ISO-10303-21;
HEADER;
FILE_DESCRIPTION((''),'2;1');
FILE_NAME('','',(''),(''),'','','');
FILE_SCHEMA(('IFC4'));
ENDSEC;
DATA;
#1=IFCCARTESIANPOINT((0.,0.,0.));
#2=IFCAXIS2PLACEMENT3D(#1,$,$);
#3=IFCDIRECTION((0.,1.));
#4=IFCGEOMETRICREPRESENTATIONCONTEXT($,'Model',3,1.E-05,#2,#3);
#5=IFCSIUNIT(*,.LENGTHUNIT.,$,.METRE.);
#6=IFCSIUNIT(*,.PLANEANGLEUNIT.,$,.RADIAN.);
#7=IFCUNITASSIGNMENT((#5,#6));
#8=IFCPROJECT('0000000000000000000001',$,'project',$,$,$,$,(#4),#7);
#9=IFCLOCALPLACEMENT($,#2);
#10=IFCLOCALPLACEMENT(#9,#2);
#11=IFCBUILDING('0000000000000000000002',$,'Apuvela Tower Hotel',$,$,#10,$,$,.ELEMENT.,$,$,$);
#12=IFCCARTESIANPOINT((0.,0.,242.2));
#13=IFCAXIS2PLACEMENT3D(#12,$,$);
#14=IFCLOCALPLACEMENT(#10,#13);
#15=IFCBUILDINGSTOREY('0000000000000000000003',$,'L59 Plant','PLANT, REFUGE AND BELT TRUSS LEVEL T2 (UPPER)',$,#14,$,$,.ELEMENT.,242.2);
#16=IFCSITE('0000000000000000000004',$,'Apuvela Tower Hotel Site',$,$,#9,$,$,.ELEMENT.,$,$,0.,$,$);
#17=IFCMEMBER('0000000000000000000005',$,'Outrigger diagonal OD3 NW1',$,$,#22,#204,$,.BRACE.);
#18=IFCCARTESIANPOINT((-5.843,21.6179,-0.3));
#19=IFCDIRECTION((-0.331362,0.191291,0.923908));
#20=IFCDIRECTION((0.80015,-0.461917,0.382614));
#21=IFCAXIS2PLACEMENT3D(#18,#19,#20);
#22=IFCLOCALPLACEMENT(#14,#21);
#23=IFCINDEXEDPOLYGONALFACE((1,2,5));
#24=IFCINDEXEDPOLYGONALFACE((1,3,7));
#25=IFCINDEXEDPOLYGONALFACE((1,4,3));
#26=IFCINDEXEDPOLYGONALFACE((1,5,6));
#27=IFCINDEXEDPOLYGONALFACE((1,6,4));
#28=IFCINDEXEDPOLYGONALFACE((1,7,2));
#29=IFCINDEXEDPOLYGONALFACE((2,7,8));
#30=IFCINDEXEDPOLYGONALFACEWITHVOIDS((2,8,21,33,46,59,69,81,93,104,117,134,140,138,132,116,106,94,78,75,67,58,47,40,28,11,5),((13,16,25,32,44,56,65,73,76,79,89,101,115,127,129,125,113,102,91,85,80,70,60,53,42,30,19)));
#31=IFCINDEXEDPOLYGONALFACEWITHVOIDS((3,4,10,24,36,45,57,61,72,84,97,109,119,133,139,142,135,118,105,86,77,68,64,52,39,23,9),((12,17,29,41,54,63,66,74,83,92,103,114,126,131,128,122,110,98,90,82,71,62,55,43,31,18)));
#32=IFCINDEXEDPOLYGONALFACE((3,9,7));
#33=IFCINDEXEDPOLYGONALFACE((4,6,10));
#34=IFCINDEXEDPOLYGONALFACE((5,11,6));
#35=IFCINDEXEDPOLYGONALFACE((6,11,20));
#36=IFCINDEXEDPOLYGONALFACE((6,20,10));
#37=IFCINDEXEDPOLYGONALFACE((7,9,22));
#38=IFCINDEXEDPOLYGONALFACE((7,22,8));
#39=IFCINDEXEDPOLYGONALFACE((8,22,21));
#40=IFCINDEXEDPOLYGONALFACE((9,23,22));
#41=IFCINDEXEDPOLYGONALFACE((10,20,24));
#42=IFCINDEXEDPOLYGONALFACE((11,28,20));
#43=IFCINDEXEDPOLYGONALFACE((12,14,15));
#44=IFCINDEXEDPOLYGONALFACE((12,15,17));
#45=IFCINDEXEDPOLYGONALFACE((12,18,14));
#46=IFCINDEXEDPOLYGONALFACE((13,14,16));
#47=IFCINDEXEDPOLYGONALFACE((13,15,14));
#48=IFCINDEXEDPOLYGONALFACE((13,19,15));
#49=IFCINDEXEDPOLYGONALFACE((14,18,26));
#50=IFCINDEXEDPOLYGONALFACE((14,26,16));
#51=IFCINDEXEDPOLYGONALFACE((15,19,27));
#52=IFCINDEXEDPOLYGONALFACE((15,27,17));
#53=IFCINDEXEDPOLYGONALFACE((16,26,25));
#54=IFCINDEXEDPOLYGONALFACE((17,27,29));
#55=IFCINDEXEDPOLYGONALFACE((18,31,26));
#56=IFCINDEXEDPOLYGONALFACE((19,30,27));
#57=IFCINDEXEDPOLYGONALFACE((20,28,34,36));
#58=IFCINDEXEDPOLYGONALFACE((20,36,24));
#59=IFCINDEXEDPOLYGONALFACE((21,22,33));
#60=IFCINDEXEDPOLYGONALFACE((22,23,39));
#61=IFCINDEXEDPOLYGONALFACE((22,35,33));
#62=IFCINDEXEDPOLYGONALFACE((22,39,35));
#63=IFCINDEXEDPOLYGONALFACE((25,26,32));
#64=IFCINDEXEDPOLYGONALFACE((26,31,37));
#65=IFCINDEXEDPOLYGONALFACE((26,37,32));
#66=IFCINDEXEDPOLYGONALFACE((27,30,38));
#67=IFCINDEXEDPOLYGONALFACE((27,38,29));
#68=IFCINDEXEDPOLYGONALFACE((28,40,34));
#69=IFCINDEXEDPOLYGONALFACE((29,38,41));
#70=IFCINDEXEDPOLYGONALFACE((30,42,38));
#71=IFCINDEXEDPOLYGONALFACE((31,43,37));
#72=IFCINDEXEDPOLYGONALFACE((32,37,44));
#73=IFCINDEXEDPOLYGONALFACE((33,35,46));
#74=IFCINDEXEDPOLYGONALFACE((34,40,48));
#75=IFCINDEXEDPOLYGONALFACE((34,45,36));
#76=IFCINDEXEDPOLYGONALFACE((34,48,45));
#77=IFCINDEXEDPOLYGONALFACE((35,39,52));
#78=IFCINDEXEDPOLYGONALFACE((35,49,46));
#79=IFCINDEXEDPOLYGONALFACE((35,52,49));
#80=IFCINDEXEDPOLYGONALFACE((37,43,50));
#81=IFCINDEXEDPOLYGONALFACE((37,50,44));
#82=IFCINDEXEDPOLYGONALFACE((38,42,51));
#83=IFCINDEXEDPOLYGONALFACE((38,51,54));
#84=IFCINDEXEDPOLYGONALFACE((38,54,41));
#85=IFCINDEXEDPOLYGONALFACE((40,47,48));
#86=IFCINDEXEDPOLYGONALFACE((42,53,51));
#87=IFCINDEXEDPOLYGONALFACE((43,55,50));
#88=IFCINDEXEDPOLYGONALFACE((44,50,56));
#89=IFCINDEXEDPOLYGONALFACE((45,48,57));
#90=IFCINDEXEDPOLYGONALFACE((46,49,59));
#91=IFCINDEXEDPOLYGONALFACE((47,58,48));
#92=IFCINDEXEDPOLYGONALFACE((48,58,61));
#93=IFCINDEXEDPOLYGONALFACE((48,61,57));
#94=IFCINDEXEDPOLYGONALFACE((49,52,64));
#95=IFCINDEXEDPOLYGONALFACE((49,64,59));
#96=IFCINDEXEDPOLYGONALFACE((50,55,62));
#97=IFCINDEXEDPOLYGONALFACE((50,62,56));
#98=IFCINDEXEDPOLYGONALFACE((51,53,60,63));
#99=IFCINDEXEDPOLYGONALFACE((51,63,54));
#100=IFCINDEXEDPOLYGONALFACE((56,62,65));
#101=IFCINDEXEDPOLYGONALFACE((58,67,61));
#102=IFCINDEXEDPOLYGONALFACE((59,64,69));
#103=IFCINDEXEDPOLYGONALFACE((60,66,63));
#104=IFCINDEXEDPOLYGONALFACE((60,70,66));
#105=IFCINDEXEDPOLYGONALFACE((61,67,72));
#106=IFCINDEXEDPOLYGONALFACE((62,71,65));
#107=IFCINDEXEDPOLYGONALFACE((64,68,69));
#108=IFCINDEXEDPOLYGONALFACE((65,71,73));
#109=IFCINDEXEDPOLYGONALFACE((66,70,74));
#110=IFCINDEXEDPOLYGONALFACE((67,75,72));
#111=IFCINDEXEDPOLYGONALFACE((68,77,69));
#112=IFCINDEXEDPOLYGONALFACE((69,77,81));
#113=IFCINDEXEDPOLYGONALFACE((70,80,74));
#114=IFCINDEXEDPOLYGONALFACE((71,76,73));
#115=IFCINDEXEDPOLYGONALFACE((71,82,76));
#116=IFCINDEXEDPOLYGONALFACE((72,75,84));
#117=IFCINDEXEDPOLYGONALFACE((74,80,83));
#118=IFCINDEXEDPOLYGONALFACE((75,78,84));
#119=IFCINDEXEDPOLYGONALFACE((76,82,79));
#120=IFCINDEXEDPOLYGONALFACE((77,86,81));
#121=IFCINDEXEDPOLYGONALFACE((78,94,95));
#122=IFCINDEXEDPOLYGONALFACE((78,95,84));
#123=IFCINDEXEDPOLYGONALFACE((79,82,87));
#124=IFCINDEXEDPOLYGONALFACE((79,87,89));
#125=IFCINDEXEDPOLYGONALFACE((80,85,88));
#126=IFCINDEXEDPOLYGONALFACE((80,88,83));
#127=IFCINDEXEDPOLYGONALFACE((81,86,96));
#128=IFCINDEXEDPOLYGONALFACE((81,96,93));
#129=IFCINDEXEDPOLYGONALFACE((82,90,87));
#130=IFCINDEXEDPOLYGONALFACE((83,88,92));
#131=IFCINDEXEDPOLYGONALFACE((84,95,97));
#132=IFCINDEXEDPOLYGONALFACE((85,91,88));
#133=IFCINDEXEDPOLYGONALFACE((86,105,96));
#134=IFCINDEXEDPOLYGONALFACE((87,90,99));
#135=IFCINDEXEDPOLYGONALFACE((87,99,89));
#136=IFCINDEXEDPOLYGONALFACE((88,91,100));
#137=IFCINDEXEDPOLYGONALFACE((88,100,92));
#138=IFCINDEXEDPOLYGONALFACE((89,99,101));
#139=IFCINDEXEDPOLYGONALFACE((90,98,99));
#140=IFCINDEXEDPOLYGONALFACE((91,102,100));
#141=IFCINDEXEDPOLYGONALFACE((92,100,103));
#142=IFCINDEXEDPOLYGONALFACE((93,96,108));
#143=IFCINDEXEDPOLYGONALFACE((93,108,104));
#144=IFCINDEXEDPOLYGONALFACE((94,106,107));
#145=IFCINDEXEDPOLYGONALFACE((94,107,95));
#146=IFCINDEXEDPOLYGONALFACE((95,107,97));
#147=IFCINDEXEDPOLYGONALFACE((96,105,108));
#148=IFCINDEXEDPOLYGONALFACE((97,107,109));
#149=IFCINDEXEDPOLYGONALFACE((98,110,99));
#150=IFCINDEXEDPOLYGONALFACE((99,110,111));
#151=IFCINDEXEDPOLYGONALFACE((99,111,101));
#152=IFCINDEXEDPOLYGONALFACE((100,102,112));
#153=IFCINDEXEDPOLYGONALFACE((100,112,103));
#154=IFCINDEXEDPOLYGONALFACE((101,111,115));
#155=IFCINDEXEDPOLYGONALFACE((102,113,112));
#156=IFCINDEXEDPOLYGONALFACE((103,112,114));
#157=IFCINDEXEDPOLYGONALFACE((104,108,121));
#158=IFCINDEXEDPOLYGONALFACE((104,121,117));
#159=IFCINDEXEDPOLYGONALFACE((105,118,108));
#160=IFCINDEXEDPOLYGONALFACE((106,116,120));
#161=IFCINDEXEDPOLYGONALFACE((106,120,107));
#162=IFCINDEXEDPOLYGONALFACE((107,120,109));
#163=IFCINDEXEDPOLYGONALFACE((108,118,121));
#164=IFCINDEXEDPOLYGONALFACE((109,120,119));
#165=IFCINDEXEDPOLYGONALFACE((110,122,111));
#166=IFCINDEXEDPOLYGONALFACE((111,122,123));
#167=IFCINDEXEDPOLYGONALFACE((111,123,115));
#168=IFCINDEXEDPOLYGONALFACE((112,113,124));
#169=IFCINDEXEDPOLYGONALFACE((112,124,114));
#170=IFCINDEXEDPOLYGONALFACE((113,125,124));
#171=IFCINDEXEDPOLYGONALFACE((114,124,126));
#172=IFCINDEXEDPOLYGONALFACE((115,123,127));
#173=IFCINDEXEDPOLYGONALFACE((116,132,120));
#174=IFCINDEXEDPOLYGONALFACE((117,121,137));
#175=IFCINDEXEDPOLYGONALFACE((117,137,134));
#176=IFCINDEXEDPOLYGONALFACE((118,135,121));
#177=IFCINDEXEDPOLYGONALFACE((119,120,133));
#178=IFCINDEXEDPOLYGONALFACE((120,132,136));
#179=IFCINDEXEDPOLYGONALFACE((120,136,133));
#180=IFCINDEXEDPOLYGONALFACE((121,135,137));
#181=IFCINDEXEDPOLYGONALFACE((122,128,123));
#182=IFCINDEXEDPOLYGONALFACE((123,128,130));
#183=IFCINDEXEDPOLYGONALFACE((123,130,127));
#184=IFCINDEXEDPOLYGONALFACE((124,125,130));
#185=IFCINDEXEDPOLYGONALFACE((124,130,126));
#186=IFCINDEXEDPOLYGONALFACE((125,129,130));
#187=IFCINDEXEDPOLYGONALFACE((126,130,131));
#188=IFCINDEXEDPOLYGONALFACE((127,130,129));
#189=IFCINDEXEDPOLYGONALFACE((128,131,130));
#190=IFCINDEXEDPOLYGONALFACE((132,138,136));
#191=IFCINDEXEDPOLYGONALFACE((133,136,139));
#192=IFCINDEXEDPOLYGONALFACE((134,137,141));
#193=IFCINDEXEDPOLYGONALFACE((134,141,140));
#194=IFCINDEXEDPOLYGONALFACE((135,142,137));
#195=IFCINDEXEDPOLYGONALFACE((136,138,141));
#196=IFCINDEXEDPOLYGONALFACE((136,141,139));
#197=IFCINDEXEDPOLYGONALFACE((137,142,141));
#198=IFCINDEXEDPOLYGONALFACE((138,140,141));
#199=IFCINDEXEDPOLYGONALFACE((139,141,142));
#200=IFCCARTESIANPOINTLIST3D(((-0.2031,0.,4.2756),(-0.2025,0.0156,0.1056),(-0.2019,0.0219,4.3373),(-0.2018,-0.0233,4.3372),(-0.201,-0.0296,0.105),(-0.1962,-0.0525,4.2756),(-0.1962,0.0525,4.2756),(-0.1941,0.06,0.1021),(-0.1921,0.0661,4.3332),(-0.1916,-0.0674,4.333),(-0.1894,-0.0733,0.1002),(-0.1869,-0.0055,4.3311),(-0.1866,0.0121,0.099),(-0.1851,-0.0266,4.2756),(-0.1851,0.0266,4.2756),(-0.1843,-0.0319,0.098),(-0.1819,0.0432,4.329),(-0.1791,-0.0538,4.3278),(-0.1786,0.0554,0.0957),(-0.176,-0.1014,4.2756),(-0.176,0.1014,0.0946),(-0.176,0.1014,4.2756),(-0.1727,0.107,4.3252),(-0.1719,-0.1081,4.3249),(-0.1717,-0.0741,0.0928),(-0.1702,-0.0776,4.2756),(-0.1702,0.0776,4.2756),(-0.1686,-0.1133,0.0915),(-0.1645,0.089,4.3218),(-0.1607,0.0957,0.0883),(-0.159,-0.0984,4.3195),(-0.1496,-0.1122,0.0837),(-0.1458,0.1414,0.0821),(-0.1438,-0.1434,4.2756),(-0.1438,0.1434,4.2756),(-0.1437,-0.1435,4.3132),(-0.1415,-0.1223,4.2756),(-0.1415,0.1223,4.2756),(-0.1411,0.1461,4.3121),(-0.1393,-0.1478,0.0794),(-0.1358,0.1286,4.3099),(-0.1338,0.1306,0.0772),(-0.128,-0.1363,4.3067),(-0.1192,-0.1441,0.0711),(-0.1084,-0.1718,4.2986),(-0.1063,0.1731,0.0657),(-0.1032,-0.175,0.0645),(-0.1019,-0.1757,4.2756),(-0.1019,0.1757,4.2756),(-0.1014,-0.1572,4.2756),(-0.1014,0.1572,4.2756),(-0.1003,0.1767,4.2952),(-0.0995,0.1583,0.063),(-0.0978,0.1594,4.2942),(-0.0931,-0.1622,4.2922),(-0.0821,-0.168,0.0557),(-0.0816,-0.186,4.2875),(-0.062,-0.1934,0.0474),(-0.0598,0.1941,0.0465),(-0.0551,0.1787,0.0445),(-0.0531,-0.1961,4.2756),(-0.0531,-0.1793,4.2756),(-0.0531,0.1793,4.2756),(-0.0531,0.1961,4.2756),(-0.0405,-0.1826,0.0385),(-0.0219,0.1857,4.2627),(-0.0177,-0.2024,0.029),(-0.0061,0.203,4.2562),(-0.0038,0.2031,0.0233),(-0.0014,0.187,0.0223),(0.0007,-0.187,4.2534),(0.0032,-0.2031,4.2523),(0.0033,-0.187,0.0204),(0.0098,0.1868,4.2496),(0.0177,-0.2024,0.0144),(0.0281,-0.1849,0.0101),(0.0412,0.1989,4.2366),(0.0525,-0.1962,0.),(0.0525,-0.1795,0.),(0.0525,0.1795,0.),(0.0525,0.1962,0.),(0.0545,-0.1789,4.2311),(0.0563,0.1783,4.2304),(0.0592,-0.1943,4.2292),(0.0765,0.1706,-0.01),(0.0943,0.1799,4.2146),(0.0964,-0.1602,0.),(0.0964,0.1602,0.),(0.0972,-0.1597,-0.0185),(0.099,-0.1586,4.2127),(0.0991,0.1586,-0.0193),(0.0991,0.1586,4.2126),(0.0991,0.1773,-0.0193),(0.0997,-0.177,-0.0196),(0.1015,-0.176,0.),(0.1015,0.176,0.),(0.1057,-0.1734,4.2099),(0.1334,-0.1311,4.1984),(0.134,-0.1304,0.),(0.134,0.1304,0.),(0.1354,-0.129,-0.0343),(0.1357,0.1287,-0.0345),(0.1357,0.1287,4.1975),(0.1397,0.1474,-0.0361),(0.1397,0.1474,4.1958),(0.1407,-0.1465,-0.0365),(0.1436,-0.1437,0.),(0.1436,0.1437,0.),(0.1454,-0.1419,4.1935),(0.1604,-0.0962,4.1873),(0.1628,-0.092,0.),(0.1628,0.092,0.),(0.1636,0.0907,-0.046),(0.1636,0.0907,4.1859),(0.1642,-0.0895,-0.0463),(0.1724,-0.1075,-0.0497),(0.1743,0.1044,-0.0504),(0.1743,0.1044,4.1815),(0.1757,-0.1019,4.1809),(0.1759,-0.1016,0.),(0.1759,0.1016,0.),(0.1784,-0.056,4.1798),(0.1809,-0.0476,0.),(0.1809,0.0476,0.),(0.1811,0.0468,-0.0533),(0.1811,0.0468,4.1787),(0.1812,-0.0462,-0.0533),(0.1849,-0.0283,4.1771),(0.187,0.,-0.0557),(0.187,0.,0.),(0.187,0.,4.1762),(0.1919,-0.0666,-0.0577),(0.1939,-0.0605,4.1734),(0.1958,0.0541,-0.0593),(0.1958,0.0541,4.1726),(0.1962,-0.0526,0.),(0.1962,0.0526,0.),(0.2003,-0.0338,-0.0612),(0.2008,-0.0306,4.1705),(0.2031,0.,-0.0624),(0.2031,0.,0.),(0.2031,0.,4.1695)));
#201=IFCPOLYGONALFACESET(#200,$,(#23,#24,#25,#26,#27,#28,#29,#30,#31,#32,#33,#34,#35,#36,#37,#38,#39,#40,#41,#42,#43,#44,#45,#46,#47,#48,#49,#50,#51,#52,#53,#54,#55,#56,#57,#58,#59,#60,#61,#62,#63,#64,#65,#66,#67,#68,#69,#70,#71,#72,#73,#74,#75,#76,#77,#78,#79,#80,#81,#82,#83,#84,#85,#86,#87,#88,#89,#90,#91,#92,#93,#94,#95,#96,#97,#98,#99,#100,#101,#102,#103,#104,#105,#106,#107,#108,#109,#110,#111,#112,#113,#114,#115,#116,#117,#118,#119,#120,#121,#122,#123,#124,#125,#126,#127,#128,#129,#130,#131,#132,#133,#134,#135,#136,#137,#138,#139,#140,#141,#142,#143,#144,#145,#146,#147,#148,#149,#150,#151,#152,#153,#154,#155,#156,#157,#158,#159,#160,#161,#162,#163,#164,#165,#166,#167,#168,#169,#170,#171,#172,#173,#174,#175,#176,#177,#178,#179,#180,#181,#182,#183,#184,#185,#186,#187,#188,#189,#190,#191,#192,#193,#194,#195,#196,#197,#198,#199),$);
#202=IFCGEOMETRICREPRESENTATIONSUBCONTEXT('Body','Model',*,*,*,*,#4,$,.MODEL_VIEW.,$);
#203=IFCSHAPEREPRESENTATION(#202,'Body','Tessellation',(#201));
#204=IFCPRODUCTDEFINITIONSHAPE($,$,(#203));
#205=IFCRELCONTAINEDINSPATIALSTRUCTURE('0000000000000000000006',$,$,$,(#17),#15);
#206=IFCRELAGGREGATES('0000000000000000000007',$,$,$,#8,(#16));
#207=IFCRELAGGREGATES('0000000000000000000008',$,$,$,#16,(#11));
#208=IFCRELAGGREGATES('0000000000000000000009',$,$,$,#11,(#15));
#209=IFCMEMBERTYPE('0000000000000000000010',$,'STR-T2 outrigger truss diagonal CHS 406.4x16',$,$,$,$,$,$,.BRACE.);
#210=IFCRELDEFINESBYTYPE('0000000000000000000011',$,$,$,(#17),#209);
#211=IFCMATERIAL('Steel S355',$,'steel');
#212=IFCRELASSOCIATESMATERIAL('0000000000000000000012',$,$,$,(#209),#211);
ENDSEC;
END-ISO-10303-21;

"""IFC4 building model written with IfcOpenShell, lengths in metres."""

from ifc_helpers import new_model, si_unit, direction, frame, origin, origin_2d, place, context, subcontext, project, spatial, hollow_circle, extrude, boolean, halfspace, material, material_profile, profile_set, type_object, element, save


model = new_model("IFC4")

# Units and contexts
model_context = context("Model", 3, precision=1e-05, world=origin(), true_north=direction((0.0, 1.0)))
body_context = subcontext(model_context, "Body", "Model", "MODEL_VIEW")
ifc_project = project(units=[si_unit("LENGTHUNIT", "METRE"), si_unit("PLANEANGLEUNIT", "RADIAN")], contexts=[model_context])

# Site, building, storey
site_placement = place(None, origin())
site = spatial("IfcSite", under=ifc_project, at=site_placement, Name="Apuvela Tower Hotel Site", CompositionType="ELEMENT", RefElevation=0.0)
building_placement = place(site_placement, origin())
building = spatial("IfcBuilding", under=site, at=building_placement, Name="Apuvela Tower Hotel", CompositionType="ELEMENT")
storey_placement = place(building_placement, frame((0.0, 0.0, 242.2)))
storey = spatial("IfcBuildingStorey", under=building, at=storey_placement, Name="L59 Plant", Description="PLANT, REFUGE AND BELT TRUSS LEVEL T2 (UPPER)", CompositionType="ELEMENT", Elevation=242.2)

# Shared definitions
ifc_material_1 = material(Name="Steel S355", Category="steel")

# Member
ifc_material_profile_1 = material_profile(ifc_material_1, hollow_circle(Radius=0.2031, WallThickness=0.0161, at=origin_2d()), Name="CHS 406.4x16")
ifc_profile_set_1 = profile_set([ifc_material_profile_1], Name="Steel S355")
member_type = type_object("IfcMemberType", Name="STR-T2 outrigger truss diagonal CHS 406.4x16", PredefinedType="BRACE", material=ifc_profile_set_1)
member_placement = place(storey_placement, frame((-5.843, 21.6179, -0.3), z_axis=(-0.331362, 0.191291, 0.923908), x_axis=(0.80015, -0.461917, 0.382614)))
solid = boolean("DIFFERENCE", boolean("DIFFERENCE", extrude(hollow_circle(Radius=0.2031, WallThickness=0.0161, at=origin_2d()), frame((0.0, 0.0, -0.2041)), (0.0, 0.0, 1.0), 4.6838), halfspace(frame((0.0, 0.0, 0.0217), z_axis=(0.382614, 0.0, 0.923908), x_axis=(0.923908, 0.0, -0.382614)), True)), halfspace(frame((0.0, 0.0, 4.2537), z_axis=(0.382614, 0.0, 0.923908), x_axis=(0.923908, 0.0, -0.382614)), False))
element("IfcMember", 1, at=member_placement, inside=storey, type_object=member_type, Name="Outrigger diagonal OD3 NW1", PredefinedType="BRACE", context=body_context, shape_type="SweptSolid", body=[
    boolean("UNION", boolean("DIFFERENCE", boolean("DIFFERENCE", extrude(hollow_circle(Radius=0.2031, WallThickness=0.0161, at=origin_2d()), origin(), (0.0, 0.0, 1.0), 4.2756), halfspace(frame((0.0, 0.0, 0.0217), z_axis=(0.382614, 0.0, 0.923908), x_axis=(0.923908, 0.0, -0.382614)), True)), halfspace(frame((0.0, 0.0, 4.2537), z_axis=(0.382614, 0.0, 0.923908), x_axis=(0.923908, 0.0, -0.382614)), False)), solid),
])

save(model, "model.ifc")
